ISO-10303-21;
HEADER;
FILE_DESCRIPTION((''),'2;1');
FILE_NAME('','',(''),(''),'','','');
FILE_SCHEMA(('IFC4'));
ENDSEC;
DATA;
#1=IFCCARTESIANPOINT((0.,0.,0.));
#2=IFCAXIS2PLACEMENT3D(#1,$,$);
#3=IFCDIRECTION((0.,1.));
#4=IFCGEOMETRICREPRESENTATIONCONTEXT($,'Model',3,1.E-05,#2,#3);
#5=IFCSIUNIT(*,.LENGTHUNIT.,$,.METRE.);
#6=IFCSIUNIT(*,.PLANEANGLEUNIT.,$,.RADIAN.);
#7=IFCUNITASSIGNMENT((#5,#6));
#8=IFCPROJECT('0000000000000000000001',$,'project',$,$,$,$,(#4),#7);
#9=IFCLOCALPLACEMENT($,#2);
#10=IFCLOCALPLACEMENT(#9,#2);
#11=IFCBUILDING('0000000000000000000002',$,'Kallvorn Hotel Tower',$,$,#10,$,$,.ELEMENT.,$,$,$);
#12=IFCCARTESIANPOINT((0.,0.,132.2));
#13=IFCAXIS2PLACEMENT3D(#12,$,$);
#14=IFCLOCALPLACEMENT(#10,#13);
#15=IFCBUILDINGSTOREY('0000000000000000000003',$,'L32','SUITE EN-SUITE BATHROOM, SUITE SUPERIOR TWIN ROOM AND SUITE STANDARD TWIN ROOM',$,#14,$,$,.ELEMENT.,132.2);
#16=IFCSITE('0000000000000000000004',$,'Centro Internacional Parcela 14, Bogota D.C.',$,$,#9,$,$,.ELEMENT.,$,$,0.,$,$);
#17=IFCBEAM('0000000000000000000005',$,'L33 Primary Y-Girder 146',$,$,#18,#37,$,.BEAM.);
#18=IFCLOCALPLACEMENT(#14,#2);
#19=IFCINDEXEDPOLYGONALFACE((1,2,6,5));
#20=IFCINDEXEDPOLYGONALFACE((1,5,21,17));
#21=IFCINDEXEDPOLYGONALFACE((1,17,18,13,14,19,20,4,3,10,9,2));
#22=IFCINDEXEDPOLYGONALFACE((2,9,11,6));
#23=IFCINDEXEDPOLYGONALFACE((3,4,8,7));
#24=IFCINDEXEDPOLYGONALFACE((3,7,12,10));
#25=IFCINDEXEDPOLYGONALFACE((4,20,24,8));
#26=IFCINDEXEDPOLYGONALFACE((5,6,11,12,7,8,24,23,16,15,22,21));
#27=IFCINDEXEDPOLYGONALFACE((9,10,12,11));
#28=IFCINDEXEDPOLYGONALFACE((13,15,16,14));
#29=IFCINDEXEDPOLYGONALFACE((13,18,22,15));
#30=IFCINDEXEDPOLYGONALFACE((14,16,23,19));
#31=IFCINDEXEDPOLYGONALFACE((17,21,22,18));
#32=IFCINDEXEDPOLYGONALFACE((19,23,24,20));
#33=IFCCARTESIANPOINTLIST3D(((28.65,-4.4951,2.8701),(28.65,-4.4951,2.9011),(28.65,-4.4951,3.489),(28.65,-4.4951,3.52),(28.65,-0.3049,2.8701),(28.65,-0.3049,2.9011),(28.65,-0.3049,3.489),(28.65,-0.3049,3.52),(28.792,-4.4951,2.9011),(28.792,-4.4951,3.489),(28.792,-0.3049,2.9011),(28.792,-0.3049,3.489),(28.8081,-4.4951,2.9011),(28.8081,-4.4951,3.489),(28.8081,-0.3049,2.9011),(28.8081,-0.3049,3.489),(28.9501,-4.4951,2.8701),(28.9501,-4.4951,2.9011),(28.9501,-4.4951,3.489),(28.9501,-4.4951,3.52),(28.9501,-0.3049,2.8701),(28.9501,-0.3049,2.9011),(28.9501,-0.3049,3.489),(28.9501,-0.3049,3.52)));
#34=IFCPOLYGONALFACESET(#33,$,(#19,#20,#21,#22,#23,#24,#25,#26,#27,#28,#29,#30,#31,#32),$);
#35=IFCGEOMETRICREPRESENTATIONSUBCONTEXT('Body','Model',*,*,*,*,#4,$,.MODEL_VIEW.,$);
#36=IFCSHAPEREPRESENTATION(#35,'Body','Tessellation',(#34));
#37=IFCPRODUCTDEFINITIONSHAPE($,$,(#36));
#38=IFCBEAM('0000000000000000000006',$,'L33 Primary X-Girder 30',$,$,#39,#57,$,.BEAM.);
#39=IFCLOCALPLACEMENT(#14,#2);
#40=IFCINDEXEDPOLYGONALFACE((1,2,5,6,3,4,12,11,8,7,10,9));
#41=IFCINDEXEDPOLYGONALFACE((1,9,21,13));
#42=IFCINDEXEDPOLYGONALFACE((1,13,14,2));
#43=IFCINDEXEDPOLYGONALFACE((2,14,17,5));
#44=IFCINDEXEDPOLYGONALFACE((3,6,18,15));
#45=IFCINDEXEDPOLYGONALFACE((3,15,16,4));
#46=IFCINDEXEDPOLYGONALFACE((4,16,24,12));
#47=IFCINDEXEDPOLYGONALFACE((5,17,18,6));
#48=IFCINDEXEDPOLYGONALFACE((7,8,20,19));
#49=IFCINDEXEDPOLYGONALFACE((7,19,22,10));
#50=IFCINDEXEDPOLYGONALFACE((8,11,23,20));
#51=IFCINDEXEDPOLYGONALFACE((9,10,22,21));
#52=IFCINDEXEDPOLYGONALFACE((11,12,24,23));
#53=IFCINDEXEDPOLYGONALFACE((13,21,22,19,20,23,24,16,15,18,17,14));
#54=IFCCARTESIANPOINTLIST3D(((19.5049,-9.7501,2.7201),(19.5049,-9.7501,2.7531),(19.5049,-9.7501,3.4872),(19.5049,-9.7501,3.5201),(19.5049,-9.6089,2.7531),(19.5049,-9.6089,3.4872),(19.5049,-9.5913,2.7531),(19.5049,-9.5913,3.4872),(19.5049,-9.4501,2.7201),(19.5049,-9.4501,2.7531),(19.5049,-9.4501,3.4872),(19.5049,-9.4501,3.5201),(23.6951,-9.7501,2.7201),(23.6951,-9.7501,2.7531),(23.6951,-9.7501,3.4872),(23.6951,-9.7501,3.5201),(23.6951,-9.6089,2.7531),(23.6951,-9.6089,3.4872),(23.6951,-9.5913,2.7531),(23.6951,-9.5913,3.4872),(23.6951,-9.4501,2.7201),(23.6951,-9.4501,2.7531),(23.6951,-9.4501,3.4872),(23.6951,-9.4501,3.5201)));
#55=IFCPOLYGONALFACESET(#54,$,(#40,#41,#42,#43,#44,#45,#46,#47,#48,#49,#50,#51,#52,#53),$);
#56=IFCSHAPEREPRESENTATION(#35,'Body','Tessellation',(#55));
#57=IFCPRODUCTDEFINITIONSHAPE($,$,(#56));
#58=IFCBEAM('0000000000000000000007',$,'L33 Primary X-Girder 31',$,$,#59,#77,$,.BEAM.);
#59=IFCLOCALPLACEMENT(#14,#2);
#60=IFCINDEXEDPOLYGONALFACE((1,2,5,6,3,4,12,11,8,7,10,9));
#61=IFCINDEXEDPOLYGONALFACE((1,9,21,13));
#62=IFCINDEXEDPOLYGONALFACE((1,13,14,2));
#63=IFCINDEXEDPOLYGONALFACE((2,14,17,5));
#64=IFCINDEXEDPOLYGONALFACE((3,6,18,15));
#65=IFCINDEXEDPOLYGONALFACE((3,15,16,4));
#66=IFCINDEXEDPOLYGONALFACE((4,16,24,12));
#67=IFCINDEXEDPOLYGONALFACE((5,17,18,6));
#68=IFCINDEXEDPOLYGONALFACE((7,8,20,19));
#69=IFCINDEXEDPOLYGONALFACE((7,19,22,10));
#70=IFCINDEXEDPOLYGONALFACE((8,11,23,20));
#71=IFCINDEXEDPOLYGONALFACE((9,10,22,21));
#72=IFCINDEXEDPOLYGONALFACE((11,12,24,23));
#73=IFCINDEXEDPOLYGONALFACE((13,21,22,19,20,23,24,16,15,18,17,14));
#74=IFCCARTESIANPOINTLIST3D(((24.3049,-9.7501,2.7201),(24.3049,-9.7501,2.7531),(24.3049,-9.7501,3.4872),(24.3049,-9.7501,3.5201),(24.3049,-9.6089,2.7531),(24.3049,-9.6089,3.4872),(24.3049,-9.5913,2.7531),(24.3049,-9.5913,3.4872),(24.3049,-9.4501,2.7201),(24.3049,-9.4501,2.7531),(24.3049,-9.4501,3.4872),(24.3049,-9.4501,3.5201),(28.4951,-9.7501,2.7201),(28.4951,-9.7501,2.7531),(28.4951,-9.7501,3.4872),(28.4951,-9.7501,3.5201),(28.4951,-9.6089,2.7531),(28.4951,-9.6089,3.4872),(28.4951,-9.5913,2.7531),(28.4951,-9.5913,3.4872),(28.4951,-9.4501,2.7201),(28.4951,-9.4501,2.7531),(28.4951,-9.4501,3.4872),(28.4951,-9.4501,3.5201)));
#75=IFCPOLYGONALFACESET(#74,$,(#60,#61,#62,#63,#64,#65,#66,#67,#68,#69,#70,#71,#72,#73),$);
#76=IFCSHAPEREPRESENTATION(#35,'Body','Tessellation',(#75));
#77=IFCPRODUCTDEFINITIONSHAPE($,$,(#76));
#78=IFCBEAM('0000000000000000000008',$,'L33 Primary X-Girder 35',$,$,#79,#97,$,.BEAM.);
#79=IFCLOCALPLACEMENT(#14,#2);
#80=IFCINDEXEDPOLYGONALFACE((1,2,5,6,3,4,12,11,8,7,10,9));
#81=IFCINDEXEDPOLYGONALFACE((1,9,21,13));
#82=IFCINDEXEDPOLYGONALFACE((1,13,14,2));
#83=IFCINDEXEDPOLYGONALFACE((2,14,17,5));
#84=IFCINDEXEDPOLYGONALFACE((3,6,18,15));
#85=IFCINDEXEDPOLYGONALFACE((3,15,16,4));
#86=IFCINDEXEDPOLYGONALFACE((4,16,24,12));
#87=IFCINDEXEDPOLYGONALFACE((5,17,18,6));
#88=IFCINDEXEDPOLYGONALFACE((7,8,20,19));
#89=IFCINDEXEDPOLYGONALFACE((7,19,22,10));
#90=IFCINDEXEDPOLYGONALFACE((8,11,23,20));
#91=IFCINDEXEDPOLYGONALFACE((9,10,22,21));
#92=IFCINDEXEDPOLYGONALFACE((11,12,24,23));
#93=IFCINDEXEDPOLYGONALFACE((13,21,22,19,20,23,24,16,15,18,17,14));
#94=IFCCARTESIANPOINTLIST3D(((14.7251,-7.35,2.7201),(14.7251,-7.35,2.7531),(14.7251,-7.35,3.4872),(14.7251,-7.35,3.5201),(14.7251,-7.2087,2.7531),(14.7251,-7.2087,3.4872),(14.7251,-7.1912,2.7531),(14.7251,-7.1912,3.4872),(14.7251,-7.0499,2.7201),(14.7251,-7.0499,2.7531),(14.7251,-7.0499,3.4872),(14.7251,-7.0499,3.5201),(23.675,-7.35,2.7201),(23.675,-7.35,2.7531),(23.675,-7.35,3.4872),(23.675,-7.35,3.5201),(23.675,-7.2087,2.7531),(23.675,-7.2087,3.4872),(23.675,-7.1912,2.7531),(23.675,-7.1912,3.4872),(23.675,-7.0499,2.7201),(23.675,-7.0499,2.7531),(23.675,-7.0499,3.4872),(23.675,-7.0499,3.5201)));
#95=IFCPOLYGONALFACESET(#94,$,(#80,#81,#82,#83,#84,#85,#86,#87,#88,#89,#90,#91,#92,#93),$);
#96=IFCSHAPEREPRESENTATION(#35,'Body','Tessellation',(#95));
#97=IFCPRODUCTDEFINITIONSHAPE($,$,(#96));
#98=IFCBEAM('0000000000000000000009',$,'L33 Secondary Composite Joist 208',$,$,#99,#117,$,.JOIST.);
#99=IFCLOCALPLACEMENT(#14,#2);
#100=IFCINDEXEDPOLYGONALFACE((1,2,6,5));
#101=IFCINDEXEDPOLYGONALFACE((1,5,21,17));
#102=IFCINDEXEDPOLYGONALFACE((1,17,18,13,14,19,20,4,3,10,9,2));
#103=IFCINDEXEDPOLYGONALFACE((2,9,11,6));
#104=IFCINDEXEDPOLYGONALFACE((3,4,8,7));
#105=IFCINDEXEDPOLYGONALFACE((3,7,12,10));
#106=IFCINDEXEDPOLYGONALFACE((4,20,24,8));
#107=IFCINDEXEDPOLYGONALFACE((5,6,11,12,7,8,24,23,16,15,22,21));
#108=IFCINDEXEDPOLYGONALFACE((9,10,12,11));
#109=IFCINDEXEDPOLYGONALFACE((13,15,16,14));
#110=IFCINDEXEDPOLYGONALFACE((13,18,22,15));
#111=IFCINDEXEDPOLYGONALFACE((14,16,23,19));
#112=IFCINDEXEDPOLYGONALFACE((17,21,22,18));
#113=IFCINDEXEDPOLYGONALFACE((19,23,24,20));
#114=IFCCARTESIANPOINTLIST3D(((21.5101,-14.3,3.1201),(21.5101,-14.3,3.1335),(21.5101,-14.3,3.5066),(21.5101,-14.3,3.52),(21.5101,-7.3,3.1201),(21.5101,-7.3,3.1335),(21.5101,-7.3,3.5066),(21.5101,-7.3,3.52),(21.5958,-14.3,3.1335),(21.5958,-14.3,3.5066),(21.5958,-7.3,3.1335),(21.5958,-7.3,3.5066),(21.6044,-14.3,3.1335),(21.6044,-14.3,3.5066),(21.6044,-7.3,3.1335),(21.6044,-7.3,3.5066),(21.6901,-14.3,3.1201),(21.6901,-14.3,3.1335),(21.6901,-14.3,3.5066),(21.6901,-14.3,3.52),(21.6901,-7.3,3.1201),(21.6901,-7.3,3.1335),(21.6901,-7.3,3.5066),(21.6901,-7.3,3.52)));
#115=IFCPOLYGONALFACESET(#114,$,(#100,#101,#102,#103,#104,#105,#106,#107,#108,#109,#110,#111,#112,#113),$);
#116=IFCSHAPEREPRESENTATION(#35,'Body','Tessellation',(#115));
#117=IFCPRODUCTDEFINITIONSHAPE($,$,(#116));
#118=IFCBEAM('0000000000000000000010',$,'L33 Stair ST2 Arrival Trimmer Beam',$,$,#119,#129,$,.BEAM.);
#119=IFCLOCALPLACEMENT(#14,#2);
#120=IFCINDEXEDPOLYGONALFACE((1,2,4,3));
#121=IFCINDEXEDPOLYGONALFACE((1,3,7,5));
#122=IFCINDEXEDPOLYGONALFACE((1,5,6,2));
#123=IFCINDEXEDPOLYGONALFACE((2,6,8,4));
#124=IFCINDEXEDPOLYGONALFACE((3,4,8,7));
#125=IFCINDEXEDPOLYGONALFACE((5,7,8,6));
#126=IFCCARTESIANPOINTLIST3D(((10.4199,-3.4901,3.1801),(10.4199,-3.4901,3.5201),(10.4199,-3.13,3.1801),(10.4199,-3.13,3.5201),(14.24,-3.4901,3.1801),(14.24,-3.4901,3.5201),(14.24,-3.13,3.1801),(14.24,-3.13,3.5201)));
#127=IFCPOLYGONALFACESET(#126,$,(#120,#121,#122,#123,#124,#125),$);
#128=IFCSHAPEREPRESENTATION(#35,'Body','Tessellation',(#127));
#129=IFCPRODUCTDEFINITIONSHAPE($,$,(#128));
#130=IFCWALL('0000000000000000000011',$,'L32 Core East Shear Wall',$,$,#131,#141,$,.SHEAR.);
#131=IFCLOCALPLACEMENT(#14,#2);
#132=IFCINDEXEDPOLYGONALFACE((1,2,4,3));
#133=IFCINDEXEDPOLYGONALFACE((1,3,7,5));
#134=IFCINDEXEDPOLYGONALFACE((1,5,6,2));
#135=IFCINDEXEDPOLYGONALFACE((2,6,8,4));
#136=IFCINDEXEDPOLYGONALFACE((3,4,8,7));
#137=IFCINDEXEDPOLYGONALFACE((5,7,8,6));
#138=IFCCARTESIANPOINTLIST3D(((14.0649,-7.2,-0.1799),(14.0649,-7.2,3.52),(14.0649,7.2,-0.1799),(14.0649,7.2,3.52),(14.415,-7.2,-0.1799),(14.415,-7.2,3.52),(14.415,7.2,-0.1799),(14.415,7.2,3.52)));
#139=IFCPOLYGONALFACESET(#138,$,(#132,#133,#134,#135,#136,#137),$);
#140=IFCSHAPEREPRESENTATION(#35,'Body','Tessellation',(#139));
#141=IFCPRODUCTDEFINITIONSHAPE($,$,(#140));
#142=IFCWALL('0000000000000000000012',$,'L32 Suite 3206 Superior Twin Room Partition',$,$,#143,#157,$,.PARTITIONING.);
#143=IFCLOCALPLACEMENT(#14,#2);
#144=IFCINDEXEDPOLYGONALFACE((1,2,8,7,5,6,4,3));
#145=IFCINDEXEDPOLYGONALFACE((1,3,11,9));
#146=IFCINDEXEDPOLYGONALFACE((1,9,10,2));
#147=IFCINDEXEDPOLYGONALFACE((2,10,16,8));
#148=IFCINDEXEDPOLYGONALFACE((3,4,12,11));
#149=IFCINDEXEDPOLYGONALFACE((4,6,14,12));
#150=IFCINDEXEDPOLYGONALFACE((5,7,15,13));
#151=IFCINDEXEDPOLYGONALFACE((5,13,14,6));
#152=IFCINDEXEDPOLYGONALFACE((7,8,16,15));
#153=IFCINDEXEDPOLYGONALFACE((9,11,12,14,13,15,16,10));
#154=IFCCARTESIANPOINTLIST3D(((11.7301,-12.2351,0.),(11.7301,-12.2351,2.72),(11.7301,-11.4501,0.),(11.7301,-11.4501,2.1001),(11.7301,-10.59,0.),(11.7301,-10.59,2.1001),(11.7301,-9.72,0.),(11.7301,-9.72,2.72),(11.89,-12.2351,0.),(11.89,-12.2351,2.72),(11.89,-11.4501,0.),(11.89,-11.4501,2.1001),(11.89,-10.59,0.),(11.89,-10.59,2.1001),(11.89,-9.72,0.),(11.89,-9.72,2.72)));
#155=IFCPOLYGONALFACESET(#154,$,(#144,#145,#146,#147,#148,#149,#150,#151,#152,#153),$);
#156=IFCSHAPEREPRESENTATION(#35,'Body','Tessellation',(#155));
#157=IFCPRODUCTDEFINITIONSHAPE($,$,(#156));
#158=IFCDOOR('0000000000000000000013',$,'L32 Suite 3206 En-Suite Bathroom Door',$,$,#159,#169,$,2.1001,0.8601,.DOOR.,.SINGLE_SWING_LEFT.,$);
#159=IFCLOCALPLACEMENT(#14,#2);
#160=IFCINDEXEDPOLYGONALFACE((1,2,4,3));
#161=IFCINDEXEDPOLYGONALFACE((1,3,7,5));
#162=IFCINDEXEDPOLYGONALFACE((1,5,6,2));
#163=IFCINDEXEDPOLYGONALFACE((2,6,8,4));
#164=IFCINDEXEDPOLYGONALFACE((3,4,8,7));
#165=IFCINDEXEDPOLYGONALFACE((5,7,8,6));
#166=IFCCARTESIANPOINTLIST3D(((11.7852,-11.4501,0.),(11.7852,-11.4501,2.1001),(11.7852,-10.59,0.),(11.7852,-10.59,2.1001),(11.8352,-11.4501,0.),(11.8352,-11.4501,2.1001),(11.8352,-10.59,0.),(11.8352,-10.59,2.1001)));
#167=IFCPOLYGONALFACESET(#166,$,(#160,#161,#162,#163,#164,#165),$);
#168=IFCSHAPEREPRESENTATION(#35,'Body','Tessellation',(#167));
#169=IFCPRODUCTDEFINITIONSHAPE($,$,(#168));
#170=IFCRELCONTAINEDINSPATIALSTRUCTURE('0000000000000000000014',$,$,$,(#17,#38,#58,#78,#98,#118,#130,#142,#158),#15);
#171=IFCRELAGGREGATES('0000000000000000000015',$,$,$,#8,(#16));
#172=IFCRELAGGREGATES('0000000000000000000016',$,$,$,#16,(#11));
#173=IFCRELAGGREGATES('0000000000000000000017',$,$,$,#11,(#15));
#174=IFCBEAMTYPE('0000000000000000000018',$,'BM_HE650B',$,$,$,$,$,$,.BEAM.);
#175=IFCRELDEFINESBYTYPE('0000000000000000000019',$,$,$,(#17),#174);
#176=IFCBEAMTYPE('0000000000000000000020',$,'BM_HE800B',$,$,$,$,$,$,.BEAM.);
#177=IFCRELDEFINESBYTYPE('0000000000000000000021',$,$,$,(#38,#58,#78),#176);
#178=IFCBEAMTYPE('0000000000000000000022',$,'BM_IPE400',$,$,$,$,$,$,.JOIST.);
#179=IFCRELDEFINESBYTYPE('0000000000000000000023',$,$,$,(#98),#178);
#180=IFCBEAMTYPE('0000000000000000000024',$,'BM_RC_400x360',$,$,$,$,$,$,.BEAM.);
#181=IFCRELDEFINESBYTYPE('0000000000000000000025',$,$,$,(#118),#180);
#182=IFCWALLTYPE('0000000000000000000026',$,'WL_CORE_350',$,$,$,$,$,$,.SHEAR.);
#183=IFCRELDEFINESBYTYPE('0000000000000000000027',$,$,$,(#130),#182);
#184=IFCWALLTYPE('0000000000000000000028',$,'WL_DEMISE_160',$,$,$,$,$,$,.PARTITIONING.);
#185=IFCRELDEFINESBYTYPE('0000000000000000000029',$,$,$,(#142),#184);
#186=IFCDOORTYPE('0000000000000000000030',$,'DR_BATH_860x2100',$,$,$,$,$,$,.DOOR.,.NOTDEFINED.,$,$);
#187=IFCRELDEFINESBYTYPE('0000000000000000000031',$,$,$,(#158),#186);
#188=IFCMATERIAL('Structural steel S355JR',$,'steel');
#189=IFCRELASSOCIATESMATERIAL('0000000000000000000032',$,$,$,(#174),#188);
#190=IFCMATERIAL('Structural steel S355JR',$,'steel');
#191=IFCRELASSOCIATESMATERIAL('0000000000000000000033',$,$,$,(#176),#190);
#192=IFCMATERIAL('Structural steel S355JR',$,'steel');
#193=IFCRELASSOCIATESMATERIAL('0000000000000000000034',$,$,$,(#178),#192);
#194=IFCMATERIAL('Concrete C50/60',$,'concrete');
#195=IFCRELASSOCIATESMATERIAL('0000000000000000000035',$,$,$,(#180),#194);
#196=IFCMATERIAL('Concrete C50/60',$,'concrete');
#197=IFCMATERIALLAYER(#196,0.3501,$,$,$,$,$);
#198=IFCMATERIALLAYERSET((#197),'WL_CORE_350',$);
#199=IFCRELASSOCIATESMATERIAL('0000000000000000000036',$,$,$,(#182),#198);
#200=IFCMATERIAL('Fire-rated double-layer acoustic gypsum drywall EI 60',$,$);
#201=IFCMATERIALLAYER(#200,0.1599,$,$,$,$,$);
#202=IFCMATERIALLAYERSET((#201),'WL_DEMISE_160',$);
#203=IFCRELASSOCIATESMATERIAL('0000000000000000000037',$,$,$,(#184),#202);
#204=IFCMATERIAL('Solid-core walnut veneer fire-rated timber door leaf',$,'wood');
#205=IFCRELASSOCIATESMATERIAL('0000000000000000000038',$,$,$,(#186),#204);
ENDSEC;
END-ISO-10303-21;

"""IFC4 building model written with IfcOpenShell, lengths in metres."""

from ifc_helpers import new_model, si_unit, direction, frame, frame_2d, origin, origin_2d, place, context, subcontext, project, spatial, rectangle, i_section, extrude, material, layer, layer_set, material_profile, profile_set, type_object, element, fill, save


model = new_model("IFC4")

# Units and contexts
model_context = context("Model", 3, precision=1e-05, world=origin(), true_north=direction((0.0, 1.0)))
body_context = subcontext(model_context, "Body", "Model", "MODEL_VIEW")
ifc_project = project(units=[si_unit("LENGTHUNIT", "METRE"), si_unit("PLANEANGLEUNIT", "RADIAN")], contexts=[model_context])

# Site, building, storey
site_placement = place(None, origin())
site = spatial("IfcSite", under=ifc_project, at=site_placement, Name="Centro Internacional Parcela 14, Bogota D.C.", CompositionType="ELEMENT", RefElevation=0.0)
building_placement = place(site_placement, origin())
building = spatial("IfcBuilding", under=site, at=building_placement, Name="Kallvorn Hotel Tower", CompositionType="ELEMENT")
storey_placement = place(building_placement, frame((0.0, 0.0, 132.2)))
storey = spatial("IfcBuildingStorey", under=building, at=storey_placement, Name="L32", Description="SUITE EN-SUITE BATHROOM, SUITE SUPERIOR TWIN ROOM AND SUITE STANDARD TWIN ROOM", CompositionType="ELEMENT", Elevation=132.2)

# Beams
ifc_material_1 = material(Name="Structural steel S355JR", Category="steel")
ifc_material_profile_1 = material_profile(ifc_material_1, i_section(OverallWidth=0.3, OverallDepth=0.6499, WebThickness=0.0161, FlangeThickness=0.031, at=origin_2d()), Name="HE 650 B")
ifc_profile_set_1 = profile_set([ifc_material_profile_1], Name="Structural steel S355JR")
beam_type_1 = type_object("IfcBeamType", Name="BM_HE650B", PredefinedType="BEAM", material=ifc_profile_set_1)
beam_1_placement = place(storey_placement, frame((28.8, -4.4951, 3.1951), z_axis=(0.0, 1.0, 0.0), x_axis=(-1.0, 0.0, 0.0)))
element("IfcBeam", 1, at=beam_1_placement, inside=storey, type_object=beam_type_1, Name="L33 Primary Y-Girder 146", PredefinedType="BEAM", context=body_context, shape_type="SweptSolid", body=[
    extrude(i_section(OverallWidth=0.3, OverallDepth=0.6499, WebThickness=0.0161, FlangeThickness=0.031, at=origin_2d()), origin(), (0.0, 0.0, 1.0), 4.1902),
])
ifc_material_2 = material(Name="Structural steel S355JR", Category="steel")
ifc_material_profile_2 = material_profile(ifc_material_2, i_section(OverallWidth=0.3, OverallDepth=0.8, WebThickness=0.0176, FlangeThickness=0.033, at=origin_2d()), Name="HE 800 B")
ifc_profile_set_2 = profile_set([ifc_material_profile_2], Name="Structural steel S355JR")
beam_type_2 = type_object("IfcBeamType", Name="BM_HE800B", PredefinedType="BEAM", material=ifc_profile_set_2)
for number, where, z_axis, x_axis, name in (
    (2, (19.5049, -9.6001, 3.1201), (1.0, 0.0, 0.0), (0.0, 1.0, 0.0), "L33 Primary X-Girder 30"),
    (3, (24.3049, -9.6001, 3.1201), (1.0, 0.0, 0.0), (0.0, 1.0, 0.0), "L33 Primary X-Girder 31"),
):
    element("IfcBeam", number, at=place(storey_placement, frame(where, z_axis=z_axis, x_axis=x_axis)), inside=storey, type_object=beam_type_2, Name=name, PredefinedType="BEAM", context=body_context, shape_type="SweptSolid", body=[
        extrude(i_section(OverallWidth=0.3, OverallDepth=0.8, WebThickness=0.0176, FlangeThickness=0.033, at=origin_2d()), origin(), (0.0, 0.0, 1.0), 4.1902),
    ])
beam_2_placement = place(storey_placement, frame((14.7251, -7.2, 3.1201), z_axis=(1.0, 0.0, 0.0), x_axis=(0.0, 1.0, 0.0)))
element("IfcBeam", 4, at=beam_2_placement, inside=storey, type_object=beam_type_2, Name="L33 Primary X-Girder 35", PredefinedType="BEAM", context=body_context, shape_type="SweptSolid", body=[
    extrude(i_section(OverallWidth=0.3, OverallDepth=0.8, WebThickness=0.0176, FlangeThickness=0.033, at=origin_2d()), origin(), (0.0, 0.0, 1.0), 8.95),
])
ifc_material_3 = material(Name="Structural steel S355JR", Category="steel")
ifc_material_profile_3 = material_profile(ifc_material_3, i_section(OverallWidth=0.1799, OverallDepth=0.3999, WebThickness=0.0085, FlangeThickness=0.0134, at=origin_2d()), Name="IPE 400")
ifc_profile_set_3 = profile_set([ifc_material_profile_3], Name="Structural steel S355JR")
beam_type_3 = type_object("IfcBeamType", Name="BM_IPE400", PredefinedType="JOIST", material=ifc_profile_set_3)
beam_3_placement = place(storey_placement, frame((21.6001, -14.3, 3.3201), z_axis=(0.0, 1.0, 0.0), x_axis=(-1.0, 0.0, 0.0)))
element("IfcBeam", 5, at=beam_3_placement, inside=storey, type_object=beam_type_3, Name="L33 Secondary Composite Joist 208", PredefinedType="JOIST", context=body_context, shape_type="SweptSolid", body=[
    extrude(i_section(OverallWidth=0.1799, OverallDepth=0.3999, WebThickness=0.0085, FlangeThickness=0.0134, at=origin_2d()), origin(), (0.0, 0.0, 1.0), 7.0),
])
ifc_material_4 = material(Name="Concrete C50/60", Category="concrete")
ifc_material_profile_4 = material_profile(ifc_material_4, rectangle(XDim=0.3601, YDim=0.3401, at=origin_2d()), Name="RC 360x340")
ifc_profile_set_4 = profile_set([ifc_material_profile_4], Name="Concrete C50/60")
beam_type_4 = type_object("IfcBeamType", Name="BM_RC_400x360", PredefinedType="BEAM", material=ifc_profile_set_4)
beam_4_placement = place(storey_placement, frame((14.24, -3.3101, 3.3501), z_axis=(-1.0, 0.0, 0.0), x_axis=(0.0, -1.0, 0.0)))
element("IfcBeam", 6, at=beam_4_placement, inside=storey, type_object=beam_type_4, Name="L33 Stair ST2 Arrival Trimmer Beam", PredefinedType="BEAM", context=body_context, shape_type="SweptSolid", body=[
    extrude(rectangle(XDim=0.3601, YDim=0.3401, at=origin_2d()), origin(), (0.0, 0.0, 1.0), 3.8201),
])

# Wall
ifc_material_5 = material(Name="Concrete C50/60", Category="concrete")
ifc_layer_1 = layer(ifc_material_5, 0.3501)
ifc_layer_set_1 = layer_set([ifc_layer_1], Name="WL_CORE_350")
wall_type_1 = type_object("IfcWallType", Name="WL_CORE_350", PredefinedType="SHEAR", material=ifc_layer_set_1)
wall_1_placement = place(storey_placement, frame((14.24, -7.2, -0.1799), z_axis=(0.0, 0.0, 1.0), x_axis=(0.0, 1.0, 0.0)))
element("IfcWall", 7, at=wall_1_placement, inside=storey, type_object=wall_type_1, Name="L32 Core East Shear Wall", PredefinedType="SHEAR", context=body_context, shape_type="SweptSolid", body=[
    extrude(rectangle(XDim=14.3999, YDim=0.3501, at=frame_2d((7.2, 0.0))), origin(), (0.0, 0.0, 1.0), 3.7),
])

# Wall, opening, door
ifc_material_6 = material(Name="Fire-rated double-layer acoustic gypsum drywall EI 60")
ifc_layer_2 = layer(ifc_material_6, 0.1599)
ifc_layer_set_2 = layer_set([ifc_layer_2], Name="WL_DEMISE_160")
wall_type_2 = type_object("IfcWallType", Name="WL_DEMISE_160", PredefinedType="PARTITIONING", material=ifc_layer_set_2)
wall_2_placement = place(storey_placement, frame((11.8101, -12.2351, 0.0), z_axis=(0.0, 0.0, 1.0), x_axis=(0.0, 1.0, 0.0)))
wall_2 = element("IfcWall", 8, at=wall_2_placement, inside=storey, type_object=wall_type_2, Name="L32 Suite 3206 Superior Twin Room Partition", PredefinedType="PARTITIONING", context=body_context, shape_type="SweptSolid", body=[
    extrude(rectangle(XDim=2.5151, YDim=0.1599, at=frame_2d((1.2576, 0.0))), origin(), (0.0, 0.0, 1.0), 2.72),
])
opening_placement = place(wall_2_placement, frame((0.7849, 0.0, 0.0)))
opening = element("IfcOpeningElement", 9, at=opening_placement, cuts=wall_2, PredefinedType="OPENING", context=body_context, shape_type="SweptSolid", body=[
    extrude(rectangle(XDim=0.8601, YDim=2.1001, at=frame_2d((0.4302, 1.05))), frame((0.0, 0.095, 0.0), z_axis=(0.0, -1.0, 0.0), x_axis=(1.0, 0.0, 0.0)), (0.0, 0.0, 1.0), 0.1899),
])
ifc_material_7 = material(Name="Solid-core walnut veneer fire-rated timber door leaf", Category="wood")
door_type = type_object("IfcDoorType", Name="DR_BATH_860x2100", OperationType="NOTDEFINED", PredefinedType="DOOR", material=ifc_material_7)
door_placement = place(opening_placement, origin())
door = element("IfcDoor", 10, at=door_placement, inside=storey, type_object=door_type, Name="L32 Suite 3206 En-Suite Bathroom Door", OperationType="SINGLE_SWING_LEFT", OverallHeight=2.1001, OverallWidth=0.8601, PredefinedType="DOOR", context=body_context, shape_type="SweptSolid", body=[
    extrude(rectangle(XDim=0.8601, YDim=2.1001, at=frame_2d((0.4302, 1.05))), frame((0.0, 0.0249, 0.0), z_axis=(0.0, -1.0, 0.0), x_axis=(1.0, 0.0, 0.0)), (0.0, 0.0, 1.0), 0.05),
])
fill(opening, door)

save(model, "model.ifc")
